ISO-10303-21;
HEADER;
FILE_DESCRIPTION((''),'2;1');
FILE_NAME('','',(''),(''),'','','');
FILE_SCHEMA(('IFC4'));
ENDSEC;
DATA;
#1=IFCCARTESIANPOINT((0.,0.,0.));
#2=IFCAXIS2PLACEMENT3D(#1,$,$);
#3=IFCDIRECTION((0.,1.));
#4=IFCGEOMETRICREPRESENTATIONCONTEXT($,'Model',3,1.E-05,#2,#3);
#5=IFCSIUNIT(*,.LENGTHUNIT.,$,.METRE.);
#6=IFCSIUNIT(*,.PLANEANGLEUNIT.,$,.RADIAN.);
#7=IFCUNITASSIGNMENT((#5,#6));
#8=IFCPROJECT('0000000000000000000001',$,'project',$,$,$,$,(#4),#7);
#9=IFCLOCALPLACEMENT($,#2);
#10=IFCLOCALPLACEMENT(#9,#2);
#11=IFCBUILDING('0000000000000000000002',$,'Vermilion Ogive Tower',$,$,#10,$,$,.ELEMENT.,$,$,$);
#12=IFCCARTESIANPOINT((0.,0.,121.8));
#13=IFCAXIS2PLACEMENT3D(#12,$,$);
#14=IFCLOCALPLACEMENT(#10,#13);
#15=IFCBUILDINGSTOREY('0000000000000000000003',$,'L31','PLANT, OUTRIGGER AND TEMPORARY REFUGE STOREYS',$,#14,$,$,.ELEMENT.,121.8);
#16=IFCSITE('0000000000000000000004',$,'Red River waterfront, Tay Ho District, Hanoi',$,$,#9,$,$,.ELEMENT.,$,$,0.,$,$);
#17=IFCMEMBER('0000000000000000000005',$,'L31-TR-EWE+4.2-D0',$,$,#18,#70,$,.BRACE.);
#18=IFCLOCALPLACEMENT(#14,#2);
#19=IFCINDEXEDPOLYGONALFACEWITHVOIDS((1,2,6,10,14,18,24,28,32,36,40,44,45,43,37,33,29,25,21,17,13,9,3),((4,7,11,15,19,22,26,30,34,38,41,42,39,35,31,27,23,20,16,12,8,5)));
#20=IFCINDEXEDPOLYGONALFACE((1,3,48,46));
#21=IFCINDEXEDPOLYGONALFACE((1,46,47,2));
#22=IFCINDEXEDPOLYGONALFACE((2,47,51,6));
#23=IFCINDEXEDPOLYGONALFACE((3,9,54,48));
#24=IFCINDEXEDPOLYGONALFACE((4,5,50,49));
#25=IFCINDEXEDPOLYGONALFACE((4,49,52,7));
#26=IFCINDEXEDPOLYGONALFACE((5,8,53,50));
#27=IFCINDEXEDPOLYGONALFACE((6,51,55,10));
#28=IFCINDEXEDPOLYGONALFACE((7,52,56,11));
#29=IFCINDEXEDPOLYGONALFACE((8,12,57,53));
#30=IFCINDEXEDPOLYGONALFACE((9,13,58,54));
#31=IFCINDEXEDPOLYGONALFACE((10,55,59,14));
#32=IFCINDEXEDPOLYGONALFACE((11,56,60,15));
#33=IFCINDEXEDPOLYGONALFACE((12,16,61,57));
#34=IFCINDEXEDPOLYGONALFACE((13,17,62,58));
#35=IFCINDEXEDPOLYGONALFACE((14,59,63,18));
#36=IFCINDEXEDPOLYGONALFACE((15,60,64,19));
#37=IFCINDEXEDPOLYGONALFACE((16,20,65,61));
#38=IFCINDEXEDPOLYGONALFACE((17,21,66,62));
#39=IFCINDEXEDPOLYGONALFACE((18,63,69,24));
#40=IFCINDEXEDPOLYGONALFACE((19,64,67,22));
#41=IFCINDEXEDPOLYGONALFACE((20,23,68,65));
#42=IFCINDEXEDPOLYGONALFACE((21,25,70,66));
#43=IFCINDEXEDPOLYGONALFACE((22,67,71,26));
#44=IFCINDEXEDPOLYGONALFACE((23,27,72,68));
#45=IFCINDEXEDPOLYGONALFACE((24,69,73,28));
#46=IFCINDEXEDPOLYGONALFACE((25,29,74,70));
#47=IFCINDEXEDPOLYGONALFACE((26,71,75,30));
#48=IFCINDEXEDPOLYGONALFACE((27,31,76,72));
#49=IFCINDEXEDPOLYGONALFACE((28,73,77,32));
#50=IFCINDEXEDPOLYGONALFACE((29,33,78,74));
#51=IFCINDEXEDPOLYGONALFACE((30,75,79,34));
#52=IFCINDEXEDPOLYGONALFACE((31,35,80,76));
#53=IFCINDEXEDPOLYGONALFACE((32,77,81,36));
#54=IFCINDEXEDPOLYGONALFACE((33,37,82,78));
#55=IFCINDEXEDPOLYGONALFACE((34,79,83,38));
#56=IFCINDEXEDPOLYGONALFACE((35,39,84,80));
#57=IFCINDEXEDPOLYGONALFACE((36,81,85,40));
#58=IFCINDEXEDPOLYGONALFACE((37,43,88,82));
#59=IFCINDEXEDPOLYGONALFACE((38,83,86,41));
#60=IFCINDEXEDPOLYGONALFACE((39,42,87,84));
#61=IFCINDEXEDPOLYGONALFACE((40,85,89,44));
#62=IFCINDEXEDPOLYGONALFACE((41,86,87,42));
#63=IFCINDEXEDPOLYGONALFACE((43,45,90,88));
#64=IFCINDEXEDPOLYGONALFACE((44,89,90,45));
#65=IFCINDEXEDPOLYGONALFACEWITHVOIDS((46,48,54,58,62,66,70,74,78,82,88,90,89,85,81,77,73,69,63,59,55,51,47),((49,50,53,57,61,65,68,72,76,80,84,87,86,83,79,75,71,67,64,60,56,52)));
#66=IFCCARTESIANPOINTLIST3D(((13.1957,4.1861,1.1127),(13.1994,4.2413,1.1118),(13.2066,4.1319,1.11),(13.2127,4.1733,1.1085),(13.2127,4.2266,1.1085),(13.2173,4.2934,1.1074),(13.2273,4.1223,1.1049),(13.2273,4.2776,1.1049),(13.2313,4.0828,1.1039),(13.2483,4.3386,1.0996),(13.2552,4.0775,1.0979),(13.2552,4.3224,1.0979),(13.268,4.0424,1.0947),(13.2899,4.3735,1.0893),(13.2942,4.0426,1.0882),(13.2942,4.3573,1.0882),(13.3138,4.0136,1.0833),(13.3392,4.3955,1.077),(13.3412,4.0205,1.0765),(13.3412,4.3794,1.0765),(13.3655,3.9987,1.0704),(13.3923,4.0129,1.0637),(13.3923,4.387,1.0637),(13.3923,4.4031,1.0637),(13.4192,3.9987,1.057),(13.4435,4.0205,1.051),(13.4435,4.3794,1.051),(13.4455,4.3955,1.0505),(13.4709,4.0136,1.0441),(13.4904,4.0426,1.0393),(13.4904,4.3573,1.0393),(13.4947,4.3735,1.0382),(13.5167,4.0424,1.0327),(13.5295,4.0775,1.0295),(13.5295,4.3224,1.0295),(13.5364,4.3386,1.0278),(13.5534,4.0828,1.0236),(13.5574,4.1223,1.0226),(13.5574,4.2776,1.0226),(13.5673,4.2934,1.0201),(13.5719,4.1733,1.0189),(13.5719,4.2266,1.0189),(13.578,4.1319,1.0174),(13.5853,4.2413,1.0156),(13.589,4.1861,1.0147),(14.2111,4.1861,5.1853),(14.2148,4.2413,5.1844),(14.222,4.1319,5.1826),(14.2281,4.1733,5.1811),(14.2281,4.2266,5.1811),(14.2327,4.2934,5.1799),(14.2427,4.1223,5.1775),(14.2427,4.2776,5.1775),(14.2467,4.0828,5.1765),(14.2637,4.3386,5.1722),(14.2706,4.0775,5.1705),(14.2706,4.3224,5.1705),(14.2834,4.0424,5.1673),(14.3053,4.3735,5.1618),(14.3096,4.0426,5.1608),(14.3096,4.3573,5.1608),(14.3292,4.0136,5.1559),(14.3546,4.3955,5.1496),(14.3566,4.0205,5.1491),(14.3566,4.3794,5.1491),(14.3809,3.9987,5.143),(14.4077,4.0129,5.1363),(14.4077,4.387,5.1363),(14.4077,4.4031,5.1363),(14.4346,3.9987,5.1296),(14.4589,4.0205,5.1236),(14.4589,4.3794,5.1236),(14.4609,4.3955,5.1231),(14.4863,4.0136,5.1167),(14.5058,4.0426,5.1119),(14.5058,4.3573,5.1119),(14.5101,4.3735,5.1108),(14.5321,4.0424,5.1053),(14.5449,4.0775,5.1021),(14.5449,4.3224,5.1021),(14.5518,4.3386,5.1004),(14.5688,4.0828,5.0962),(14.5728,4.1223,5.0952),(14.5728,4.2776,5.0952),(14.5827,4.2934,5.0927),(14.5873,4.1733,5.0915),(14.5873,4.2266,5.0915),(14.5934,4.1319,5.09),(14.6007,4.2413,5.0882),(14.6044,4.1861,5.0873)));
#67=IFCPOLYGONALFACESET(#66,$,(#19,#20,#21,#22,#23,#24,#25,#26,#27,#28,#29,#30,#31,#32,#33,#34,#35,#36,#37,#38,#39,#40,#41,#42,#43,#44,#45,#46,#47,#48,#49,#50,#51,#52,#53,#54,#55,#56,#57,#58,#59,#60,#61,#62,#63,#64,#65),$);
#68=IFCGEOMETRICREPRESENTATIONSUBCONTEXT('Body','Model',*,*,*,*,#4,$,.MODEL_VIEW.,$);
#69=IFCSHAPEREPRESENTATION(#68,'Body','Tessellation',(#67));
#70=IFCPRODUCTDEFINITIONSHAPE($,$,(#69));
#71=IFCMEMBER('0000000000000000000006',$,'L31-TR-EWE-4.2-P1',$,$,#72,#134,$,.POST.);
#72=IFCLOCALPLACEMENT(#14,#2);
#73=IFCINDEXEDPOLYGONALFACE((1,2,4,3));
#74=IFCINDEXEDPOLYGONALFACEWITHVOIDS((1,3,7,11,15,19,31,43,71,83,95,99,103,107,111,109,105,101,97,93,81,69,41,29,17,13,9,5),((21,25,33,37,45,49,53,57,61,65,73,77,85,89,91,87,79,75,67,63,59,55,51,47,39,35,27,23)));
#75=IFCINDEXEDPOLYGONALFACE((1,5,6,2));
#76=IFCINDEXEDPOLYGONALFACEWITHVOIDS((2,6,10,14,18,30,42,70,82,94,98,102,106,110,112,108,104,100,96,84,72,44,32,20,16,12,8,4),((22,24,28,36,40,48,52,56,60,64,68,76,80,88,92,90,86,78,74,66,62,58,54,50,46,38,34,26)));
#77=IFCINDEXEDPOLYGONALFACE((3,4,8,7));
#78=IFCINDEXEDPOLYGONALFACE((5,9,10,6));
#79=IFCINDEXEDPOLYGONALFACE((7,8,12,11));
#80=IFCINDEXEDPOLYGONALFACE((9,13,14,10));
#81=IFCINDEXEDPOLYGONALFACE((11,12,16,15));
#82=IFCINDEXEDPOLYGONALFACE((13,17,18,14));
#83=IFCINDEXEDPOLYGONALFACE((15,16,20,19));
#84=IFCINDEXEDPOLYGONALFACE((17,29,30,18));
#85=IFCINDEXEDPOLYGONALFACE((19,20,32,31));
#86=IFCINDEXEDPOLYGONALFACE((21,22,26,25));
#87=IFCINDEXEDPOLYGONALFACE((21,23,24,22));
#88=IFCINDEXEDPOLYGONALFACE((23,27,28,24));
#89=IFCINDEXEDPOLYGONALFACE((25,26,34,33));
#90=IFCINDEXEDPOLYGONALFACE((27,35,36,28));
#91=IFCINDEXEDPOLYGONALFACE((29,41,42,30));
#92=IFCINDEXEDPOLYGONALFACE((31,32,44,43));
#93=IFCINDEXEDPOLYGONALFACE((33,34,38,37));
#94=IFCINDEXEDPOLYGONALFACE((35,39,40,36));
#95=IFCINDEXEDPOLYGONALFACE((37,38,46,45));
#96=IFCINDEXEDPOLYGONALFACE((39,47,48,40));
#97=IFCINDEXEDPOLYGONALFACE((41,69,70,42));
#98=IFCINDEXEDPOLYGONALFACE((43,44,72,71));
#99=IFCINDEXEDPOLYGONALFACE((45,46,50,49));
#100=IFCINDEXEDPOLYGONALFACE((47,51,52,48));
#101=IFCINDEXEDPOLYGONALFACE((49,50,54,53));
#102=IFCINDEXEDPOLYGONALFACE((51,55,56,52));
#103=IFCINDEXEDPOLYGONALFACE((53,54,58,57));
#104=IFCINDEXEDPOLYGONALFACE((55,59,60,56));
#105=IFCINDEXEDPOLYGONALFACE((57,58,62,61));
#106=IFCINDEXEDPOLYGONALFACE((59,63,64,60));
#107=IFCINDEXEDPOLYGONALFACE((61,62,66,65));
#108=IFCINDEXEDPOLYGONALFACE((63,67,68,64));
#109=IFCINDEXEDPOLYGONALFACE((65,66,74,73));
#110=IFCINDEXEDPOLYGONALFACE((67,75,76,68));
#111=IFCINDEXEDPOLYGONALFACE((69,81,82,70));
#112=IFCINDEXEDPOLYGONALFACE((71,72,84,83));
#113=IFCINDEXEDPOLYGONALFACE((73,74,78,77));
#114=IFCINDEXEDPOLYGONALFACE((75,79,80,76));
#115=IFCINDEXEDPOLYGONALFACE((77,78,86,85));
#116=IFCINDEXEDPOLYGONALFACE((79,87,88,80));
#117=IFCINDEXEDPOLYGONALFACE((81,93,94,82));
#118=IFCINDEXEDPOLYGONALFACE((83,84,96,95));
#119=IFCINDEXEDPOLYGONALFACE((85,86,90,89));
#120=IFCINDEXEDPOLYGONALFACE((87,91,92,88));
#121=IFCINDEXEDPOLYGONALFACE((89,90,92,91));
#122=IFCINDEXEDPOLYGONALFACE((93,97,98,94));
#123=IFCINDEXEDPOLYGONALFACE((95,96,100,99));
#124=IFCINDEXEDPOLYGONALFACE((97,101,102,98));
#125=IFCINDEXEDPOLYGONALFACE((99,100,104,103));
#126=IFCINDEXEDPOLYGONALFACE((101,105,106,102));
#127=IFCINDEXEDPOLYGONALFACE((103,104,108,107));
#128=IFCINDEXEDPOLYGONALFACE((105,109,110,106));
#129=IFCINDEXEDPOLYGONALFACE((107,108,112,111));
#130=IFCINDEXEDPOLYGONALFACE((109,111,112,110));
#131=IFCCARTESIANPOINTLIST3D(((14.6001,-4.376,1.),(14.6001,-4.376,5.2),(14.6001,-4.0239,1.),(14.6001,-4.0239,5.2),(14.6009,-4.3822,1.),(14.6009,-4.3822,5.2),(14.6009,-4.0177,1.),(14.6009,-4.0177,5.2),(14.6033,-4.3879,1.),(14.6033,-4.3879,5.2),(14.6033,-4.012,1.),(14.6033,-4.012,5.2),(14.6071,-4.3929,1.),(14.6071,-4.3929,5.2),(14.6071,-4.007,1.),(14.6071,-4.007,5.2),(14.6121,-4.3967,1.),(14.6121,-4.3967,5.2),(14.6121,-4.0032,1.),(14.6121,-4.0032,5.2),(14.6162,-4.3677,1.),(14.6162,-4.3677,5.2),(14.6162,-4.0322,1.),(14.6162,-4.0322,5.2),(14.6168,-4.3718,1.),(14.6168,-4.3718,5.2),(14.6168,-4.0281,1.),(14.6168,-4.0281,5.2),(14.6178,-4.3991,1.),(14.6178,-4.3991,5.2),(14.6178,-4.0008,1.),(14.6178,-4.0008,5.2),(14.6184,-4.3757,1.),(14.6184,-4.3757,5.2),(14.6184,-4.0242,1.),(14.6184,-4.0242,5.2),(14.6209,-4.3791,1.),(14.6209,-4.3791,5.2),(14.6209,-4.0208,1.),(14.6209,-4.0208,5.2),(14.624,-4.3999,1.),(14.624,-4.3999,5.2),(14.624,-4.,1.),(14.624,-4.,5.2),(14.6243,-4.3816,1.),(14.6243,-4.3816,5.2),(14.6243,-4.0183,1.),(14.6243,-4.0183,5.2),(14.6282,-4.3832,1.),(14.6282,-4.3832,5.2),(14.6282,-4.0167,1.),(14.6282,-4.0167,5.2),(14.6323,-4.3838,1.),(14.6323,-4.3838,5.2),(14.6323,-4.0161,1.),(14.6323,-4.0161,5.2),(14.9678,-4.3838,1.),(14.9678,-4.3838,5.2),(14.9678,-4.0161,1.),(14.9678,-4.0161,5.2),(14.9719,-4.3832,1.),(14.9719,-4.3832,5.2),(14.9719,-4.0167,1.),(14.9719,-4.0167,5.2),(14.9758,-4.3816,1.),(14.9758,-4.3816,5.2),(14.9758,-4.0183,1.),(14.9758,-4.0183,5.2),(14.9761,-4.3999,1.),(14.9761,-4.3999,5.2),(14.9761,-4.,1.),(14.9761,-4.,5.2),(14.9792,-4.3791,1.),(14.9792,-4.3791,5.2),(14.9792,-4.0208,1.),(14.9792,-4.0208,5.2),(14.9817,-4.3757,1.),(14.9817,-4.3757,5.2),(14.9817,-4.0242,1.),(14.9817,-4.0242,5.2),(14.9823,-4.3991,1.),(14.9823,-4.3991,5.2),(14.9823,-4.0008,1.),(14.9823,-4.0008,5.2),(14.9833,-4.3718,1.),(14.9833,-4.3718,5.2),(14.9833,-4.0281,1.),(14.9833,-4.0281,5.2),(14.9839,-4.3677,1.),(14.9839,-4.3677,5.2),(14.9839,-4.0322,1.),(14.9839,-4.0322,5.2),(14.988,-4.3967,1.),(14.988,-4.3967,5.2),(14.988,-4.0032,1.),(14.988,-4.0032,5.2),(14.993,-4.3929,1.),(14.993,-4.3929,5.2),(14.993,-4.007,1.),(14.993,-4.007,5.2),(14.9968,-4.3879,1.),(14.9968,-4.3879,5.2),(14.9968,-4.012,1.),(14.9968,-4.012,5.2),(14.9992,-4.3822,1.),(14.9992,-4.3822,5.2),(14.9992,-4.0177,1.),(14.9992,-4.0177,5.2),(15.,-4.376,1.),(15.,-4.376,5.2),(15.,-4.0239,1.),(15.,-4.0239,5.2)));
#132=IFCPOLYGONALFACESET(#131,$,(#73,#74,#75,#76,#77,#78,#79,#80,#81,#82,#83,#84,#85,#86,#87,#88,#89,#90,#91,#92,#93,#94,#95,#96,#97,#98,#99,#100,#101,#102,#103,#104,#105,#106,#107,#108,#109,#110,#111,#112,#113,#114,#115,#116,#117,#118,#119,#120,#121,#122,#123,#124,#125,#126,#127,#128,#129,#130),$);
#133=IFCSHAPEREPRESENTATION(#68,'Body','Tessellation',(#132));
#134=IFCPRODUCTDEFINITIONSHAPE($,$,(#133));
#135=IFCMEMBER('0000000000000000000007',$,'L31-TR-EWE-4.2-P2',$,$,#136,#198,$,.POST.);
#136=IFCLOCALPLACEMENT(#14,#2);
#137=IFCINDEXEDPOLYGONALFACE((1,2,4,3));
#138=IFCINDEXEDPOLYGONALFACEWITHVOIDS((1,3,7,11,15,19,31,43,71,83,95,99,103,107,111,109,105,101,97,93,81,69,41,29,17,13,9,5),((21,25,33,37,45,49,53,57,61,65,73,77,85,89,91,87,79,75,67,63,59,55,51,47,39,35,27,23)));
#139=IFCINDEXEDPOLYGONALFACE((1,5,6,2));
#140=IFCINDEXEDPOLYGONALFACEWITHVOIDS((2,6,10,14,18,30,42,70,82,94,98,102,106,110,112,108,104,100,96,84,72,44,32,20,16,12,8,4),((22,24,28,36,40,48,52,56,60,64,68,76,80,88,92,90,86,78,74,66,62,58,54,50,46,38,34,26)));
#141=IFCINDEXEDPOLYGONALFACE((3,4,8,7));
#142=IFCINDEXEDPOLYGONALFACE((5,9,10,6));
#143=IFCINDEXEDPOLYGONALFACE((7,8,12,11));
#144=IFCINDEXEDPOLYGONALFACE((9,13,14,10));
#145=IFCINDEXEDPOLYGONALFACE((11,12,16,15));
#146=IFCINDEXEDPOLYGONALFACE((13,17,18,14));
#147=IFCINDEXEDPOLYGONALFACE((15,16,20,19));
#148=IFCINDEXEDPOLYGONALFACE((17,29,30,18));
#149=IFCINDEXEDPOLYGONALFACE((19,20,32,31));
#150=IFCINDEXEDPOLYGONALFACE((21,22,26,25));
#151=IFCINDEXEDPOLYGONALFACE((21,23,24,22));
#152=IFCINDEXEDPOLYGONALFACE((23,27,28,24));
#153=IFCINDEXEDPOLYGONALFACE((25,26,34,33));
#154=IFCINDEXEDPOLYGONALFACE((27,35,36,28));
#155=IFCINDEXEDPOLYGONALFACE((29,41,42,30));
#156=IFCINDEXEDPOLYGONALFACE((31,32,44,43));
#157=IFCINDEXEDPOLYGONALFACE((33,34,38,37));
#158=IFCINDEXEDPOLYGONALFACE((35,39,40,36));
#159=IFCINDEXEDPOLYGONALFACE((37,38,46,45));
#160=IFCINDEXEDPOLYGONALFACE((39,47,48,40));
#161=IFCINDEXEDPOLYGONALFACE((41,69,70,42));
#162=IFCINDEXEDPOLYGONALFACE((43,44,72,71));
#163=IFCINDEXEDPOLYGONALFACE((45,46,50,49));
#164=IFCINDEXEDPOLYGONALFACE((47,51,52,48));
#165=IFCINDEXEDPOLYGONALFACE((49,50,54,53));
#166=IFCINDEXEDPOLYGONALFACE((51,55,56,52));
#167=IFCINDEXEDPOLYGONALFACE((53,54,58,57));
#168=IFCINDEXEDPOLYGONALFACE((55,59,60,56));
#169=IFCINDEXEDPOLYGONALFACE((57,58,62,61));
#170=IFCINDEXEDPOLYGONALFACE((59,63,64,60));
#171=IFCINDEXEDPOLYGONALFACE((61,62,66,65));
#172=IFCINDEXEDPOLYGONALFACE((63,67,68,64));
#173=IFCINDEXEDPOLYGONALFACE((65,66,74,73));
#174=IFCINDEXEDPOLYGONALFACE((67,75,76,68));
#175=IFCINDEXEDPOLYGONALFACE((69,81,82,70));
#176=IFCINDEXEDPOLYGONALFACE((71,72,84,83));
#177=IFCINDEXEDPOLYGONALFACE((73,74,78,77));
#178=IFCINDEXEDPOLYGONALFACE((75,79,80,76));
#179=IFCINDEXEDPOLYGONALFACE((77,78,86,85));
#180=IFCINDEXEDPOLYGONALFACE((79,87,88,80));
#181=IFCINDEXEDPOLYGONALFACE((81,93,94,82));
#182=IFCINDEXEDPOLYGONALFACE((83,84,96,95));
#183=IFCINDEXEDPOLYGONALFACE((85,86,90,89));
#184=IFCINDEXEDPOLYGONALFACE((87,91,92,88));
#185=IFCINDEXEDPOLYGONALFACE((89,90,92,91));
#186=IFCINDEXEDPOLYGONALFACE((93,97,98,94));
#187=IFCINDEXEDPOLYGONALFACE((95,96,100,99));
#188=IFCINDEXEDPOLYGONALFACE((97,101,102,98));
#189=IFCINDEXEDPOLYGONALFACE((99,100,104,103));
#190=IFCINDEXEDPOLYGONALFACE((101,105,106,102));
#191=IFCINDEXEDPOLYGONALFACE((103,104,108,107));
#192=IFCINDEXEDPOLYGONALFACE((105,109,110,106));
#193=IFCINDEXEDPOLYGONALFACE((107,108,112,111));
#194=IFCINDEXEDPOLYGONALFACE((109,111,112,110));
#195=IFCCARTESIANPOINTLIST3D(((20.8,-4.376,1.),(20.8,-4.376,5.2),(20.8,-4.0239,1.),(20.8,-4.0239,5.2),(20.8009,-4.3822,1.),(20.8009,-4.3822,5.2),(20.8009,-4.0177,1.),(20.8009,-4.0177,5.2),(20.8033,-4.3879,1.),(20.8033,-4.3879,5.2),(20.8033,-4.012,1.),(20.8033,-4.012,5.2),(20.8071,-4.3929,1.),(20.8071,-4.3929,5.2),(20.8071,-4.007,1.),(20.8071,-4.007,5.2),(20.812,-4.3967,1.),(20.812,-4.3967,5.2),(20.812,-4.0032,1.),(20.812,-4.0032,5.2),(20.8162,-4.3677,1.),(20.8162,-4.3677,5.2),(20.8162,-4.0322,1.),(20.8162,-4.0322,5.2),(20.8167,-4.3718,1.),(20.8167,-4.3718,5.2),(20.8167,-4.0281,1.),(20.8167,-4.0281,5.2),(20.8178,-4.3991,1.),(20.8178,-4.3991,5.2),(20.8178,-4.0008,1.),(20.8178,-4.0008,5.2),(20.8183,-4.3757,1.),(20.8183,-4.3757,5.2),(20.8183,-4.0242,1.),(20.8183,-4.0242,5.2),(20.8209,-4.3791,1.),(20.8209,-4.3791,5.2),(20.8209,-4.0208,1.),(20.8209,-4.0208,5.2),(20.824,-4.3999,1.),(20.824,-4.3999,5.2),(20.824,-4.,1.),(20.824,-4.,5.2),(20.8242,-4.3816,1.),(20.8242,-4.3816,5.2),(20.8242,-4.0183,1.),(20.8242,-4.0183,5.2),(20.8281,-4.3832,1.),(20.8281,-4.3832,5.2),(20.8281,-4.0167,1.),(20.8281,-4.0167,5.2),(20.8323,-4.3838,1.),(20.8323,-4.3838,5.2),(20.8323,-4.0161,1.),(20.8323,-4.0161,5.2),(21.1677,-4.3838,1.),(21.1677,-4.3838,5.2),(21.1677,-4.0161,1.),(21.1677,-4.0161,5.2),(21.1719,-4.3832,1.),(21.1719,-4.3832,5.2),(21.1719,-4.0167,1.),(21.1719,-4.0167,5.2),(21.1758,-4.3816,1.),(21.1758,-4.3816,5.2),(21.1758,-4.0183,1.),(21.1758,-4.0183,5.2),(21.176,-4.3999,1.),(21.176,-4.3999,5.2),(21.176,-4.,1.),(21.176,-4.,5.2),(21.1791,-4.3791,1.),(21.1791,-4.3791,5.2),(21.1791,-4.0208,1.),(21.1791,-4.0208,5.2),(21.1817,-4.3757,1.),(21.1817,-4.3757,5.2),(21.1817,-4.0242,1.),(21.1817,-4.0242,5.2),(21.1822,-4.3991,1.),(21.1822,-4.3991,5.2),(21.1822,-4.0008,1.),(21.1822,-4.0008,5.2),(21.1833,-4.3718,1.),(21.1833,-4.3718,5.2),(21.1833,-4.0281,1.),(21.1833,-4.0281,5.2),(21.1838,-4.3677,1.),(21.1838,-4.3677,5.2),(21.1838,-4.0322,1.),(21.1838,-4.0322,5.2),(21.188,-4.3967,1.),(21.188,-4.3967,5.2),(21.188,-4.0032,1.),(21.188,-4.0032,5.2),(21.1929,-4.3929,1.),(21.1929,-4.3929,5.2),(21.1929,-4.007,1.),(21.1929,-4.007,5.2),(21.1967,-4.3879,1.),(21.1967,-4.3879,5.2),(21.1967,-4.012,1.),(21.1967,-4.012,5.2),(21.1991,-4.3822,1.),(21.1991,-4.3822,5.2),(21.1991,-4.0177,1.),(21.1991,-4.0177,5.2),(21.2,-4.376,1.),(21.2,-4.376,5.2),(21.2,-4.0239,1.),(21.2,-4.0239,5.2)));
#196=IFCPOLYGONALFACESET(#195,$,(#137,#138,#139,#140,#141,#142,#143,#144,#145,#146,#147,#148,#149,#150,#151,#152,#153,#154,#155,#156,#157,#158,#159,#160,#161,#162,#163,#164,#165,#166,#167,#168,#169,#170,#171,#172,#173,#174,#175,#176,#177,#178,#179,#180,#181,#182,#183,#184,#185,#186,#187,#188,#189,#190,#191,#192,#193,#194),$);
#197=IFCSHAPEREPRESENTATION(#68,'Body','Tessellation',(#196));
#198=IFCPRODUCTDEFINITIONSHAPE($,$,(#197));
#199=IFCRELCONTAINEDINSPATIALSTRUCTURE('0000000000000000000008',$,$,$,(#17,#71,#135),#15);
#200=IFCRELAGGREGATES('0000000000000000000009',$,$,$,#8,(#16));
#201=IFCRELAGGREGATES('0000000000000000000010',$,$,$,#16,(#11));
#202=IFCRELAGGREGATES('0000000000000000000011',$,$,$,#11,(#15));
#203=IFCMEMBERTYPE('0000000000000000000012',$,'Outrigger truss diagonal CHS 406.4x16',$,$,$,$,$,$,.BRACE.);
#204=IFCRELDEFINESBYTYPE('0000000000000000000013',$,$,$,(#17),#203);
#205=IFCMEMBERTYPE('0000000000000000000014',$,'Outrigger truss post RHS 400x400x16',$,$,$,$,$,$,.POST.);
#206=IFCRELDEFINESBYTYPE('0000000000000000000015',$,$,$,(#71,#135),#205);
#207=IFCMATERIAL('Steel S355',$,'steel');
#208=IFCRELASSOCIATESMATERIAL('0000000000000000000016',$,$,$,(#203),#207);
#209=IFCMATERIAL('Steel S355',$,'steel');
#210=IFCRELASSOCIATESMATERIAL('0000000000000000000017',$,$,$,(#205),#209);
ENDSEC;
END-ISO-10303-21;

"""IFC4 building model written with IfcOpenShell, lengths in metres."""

from ifc_helpers import new_model, si_unit, direction, frame, origin, origin_2d, place, context, subcontext, project, spatial, hollow_rectangle, hollow_circle, extrude, material, material_profile, profile_set, type_object, element, save


model = new_model("IFC4")

# Units and contexts
model_context = context("Model", 3, precision=1e-05, world=origin(), true_north=direction((0.0, 1.0)))
body_context = subcontext(model_context, "Body", "Model", "MODEL_VIEW")
ifc_project = project(units=[si_unit("LENGTHUNIT", "METRE"), si_unit("PLANEANGLEUNIT", "RADIAN")], contexts=[model_context])

# Site, building, storey
site_placement = place(None, origin())
site = spatial("IfcSite", under=ifc_project, at=site_placement, Name="Red River waterfront, Tay Ho District, Hanoi", CompositionType="ELEMENT", RefElevation=0.0)
building_placement = place(site_placement, origin())
building = spatial("IfcBuilding", under=site, at=building_placement, Name="Vermilion Ogive Tower", CompositionType="ELEMENT")
storey_placement = place(building_placement, frame((0.0, 0.0, 121.8)))
storey = spatial("IfcBuildingStorey", under=building, at=storey_placement, Name="L31", Description="PLANT, OUTRIGGER AND TEMPORARY REFUGE STOREYS", CompositionType="ELEMENT", Elevation=121.8)

# Members
ifc_material_1 = material(Name="Steel S355", Category="steel")
ifc_material_profile_1 = material_profile(ifc_material_1, hollow_circle(Radius=0.2031, WallThickness=0.0161, at=origin_2d()), Name="CHS 406.4x16")
ifc_profile_set_1 = profile_set([ifc_material_profile_1], Name="Steel S355")
member_type_1 = type_object("IfcMemberType", Name="Outrigger truss diagonal CHS 406.4x16", PredefinedType="BRACE", material=ifc_profile_set_1)
member_1_placement = place(storey_placement, frame((13.3923, 4.2, 1.0637), z_axis=(0.24192, 0.0, 0.970296), x_axis=(0.0, 1.0, 0.0)))
element("IfcMember", 1, at=member_1_placement, inside=storey, type_object=member_type_1, Name="L31-TR-EWE+4.2-D0", PredefinedType="BRACE", context=body_context, shape_type="SweptSolid", body=[
    extrude(hollow_circle(Radius=0.2031, WallThickness=0.0161, at=origin_2d()), origin(), (0.0, 0.0, 1.0), 4.1973),
])
ifc_material_2 = material(Name="Steel S355", Category="steel")
ifc_material_profile_2 = material_profile(ifc_material_2, hollow_rectangle(XDim=0.3999, YDim=0.3999, WallThickness=0.0161, InnerFilletRadius=0.0161, OuterFilletRadius=0.0239, at=origin_2d()), Name="RHS 400x400x16")
ifc_profile_set_2 = profile_set([ifc_material_profile_2], Name="Steel S355")
member_type_2 = type_object("IfcMemberType", Name="Outrigger truss post RHS 400x400x16", PredefinedType="POST", material=ifc_profile_set_2)
for number, where, z_axis, x_axis, name in (
    (2, (14.8, -4.2, 1.0), (0.0, 0.0, 1.0), (1.0, 0.0, 0.0), "L31-TR-EWE-4.2-P1"),
    (3, (21.0, -4.2, 1.0), (0.0, 0.0, 1.0), (1.0, 0.0, 0.0), "L31-TR-EWE-4.2-P2"),
):
    element("IfcMember", number, at=place(storey_placement, frame(where, z_axis=z_axis, x_axis=x_axis)), inside=storey, type_object=member_type_2, Name=name, PredefinedType="POST", context=body_context, shape_type="SweptSolid", body=[
        extrude(hollow_rectangle(XDim=0.3999, YDim=0.3999, WallThickness=0.0161, InnerFilletRadius=0.0161, OuterFilletRadius=0.0239, at=origin_2d()), origin(), (0.0, 0.0, 1.0), 4.2),
    ])

save(model, "model.ifc")
